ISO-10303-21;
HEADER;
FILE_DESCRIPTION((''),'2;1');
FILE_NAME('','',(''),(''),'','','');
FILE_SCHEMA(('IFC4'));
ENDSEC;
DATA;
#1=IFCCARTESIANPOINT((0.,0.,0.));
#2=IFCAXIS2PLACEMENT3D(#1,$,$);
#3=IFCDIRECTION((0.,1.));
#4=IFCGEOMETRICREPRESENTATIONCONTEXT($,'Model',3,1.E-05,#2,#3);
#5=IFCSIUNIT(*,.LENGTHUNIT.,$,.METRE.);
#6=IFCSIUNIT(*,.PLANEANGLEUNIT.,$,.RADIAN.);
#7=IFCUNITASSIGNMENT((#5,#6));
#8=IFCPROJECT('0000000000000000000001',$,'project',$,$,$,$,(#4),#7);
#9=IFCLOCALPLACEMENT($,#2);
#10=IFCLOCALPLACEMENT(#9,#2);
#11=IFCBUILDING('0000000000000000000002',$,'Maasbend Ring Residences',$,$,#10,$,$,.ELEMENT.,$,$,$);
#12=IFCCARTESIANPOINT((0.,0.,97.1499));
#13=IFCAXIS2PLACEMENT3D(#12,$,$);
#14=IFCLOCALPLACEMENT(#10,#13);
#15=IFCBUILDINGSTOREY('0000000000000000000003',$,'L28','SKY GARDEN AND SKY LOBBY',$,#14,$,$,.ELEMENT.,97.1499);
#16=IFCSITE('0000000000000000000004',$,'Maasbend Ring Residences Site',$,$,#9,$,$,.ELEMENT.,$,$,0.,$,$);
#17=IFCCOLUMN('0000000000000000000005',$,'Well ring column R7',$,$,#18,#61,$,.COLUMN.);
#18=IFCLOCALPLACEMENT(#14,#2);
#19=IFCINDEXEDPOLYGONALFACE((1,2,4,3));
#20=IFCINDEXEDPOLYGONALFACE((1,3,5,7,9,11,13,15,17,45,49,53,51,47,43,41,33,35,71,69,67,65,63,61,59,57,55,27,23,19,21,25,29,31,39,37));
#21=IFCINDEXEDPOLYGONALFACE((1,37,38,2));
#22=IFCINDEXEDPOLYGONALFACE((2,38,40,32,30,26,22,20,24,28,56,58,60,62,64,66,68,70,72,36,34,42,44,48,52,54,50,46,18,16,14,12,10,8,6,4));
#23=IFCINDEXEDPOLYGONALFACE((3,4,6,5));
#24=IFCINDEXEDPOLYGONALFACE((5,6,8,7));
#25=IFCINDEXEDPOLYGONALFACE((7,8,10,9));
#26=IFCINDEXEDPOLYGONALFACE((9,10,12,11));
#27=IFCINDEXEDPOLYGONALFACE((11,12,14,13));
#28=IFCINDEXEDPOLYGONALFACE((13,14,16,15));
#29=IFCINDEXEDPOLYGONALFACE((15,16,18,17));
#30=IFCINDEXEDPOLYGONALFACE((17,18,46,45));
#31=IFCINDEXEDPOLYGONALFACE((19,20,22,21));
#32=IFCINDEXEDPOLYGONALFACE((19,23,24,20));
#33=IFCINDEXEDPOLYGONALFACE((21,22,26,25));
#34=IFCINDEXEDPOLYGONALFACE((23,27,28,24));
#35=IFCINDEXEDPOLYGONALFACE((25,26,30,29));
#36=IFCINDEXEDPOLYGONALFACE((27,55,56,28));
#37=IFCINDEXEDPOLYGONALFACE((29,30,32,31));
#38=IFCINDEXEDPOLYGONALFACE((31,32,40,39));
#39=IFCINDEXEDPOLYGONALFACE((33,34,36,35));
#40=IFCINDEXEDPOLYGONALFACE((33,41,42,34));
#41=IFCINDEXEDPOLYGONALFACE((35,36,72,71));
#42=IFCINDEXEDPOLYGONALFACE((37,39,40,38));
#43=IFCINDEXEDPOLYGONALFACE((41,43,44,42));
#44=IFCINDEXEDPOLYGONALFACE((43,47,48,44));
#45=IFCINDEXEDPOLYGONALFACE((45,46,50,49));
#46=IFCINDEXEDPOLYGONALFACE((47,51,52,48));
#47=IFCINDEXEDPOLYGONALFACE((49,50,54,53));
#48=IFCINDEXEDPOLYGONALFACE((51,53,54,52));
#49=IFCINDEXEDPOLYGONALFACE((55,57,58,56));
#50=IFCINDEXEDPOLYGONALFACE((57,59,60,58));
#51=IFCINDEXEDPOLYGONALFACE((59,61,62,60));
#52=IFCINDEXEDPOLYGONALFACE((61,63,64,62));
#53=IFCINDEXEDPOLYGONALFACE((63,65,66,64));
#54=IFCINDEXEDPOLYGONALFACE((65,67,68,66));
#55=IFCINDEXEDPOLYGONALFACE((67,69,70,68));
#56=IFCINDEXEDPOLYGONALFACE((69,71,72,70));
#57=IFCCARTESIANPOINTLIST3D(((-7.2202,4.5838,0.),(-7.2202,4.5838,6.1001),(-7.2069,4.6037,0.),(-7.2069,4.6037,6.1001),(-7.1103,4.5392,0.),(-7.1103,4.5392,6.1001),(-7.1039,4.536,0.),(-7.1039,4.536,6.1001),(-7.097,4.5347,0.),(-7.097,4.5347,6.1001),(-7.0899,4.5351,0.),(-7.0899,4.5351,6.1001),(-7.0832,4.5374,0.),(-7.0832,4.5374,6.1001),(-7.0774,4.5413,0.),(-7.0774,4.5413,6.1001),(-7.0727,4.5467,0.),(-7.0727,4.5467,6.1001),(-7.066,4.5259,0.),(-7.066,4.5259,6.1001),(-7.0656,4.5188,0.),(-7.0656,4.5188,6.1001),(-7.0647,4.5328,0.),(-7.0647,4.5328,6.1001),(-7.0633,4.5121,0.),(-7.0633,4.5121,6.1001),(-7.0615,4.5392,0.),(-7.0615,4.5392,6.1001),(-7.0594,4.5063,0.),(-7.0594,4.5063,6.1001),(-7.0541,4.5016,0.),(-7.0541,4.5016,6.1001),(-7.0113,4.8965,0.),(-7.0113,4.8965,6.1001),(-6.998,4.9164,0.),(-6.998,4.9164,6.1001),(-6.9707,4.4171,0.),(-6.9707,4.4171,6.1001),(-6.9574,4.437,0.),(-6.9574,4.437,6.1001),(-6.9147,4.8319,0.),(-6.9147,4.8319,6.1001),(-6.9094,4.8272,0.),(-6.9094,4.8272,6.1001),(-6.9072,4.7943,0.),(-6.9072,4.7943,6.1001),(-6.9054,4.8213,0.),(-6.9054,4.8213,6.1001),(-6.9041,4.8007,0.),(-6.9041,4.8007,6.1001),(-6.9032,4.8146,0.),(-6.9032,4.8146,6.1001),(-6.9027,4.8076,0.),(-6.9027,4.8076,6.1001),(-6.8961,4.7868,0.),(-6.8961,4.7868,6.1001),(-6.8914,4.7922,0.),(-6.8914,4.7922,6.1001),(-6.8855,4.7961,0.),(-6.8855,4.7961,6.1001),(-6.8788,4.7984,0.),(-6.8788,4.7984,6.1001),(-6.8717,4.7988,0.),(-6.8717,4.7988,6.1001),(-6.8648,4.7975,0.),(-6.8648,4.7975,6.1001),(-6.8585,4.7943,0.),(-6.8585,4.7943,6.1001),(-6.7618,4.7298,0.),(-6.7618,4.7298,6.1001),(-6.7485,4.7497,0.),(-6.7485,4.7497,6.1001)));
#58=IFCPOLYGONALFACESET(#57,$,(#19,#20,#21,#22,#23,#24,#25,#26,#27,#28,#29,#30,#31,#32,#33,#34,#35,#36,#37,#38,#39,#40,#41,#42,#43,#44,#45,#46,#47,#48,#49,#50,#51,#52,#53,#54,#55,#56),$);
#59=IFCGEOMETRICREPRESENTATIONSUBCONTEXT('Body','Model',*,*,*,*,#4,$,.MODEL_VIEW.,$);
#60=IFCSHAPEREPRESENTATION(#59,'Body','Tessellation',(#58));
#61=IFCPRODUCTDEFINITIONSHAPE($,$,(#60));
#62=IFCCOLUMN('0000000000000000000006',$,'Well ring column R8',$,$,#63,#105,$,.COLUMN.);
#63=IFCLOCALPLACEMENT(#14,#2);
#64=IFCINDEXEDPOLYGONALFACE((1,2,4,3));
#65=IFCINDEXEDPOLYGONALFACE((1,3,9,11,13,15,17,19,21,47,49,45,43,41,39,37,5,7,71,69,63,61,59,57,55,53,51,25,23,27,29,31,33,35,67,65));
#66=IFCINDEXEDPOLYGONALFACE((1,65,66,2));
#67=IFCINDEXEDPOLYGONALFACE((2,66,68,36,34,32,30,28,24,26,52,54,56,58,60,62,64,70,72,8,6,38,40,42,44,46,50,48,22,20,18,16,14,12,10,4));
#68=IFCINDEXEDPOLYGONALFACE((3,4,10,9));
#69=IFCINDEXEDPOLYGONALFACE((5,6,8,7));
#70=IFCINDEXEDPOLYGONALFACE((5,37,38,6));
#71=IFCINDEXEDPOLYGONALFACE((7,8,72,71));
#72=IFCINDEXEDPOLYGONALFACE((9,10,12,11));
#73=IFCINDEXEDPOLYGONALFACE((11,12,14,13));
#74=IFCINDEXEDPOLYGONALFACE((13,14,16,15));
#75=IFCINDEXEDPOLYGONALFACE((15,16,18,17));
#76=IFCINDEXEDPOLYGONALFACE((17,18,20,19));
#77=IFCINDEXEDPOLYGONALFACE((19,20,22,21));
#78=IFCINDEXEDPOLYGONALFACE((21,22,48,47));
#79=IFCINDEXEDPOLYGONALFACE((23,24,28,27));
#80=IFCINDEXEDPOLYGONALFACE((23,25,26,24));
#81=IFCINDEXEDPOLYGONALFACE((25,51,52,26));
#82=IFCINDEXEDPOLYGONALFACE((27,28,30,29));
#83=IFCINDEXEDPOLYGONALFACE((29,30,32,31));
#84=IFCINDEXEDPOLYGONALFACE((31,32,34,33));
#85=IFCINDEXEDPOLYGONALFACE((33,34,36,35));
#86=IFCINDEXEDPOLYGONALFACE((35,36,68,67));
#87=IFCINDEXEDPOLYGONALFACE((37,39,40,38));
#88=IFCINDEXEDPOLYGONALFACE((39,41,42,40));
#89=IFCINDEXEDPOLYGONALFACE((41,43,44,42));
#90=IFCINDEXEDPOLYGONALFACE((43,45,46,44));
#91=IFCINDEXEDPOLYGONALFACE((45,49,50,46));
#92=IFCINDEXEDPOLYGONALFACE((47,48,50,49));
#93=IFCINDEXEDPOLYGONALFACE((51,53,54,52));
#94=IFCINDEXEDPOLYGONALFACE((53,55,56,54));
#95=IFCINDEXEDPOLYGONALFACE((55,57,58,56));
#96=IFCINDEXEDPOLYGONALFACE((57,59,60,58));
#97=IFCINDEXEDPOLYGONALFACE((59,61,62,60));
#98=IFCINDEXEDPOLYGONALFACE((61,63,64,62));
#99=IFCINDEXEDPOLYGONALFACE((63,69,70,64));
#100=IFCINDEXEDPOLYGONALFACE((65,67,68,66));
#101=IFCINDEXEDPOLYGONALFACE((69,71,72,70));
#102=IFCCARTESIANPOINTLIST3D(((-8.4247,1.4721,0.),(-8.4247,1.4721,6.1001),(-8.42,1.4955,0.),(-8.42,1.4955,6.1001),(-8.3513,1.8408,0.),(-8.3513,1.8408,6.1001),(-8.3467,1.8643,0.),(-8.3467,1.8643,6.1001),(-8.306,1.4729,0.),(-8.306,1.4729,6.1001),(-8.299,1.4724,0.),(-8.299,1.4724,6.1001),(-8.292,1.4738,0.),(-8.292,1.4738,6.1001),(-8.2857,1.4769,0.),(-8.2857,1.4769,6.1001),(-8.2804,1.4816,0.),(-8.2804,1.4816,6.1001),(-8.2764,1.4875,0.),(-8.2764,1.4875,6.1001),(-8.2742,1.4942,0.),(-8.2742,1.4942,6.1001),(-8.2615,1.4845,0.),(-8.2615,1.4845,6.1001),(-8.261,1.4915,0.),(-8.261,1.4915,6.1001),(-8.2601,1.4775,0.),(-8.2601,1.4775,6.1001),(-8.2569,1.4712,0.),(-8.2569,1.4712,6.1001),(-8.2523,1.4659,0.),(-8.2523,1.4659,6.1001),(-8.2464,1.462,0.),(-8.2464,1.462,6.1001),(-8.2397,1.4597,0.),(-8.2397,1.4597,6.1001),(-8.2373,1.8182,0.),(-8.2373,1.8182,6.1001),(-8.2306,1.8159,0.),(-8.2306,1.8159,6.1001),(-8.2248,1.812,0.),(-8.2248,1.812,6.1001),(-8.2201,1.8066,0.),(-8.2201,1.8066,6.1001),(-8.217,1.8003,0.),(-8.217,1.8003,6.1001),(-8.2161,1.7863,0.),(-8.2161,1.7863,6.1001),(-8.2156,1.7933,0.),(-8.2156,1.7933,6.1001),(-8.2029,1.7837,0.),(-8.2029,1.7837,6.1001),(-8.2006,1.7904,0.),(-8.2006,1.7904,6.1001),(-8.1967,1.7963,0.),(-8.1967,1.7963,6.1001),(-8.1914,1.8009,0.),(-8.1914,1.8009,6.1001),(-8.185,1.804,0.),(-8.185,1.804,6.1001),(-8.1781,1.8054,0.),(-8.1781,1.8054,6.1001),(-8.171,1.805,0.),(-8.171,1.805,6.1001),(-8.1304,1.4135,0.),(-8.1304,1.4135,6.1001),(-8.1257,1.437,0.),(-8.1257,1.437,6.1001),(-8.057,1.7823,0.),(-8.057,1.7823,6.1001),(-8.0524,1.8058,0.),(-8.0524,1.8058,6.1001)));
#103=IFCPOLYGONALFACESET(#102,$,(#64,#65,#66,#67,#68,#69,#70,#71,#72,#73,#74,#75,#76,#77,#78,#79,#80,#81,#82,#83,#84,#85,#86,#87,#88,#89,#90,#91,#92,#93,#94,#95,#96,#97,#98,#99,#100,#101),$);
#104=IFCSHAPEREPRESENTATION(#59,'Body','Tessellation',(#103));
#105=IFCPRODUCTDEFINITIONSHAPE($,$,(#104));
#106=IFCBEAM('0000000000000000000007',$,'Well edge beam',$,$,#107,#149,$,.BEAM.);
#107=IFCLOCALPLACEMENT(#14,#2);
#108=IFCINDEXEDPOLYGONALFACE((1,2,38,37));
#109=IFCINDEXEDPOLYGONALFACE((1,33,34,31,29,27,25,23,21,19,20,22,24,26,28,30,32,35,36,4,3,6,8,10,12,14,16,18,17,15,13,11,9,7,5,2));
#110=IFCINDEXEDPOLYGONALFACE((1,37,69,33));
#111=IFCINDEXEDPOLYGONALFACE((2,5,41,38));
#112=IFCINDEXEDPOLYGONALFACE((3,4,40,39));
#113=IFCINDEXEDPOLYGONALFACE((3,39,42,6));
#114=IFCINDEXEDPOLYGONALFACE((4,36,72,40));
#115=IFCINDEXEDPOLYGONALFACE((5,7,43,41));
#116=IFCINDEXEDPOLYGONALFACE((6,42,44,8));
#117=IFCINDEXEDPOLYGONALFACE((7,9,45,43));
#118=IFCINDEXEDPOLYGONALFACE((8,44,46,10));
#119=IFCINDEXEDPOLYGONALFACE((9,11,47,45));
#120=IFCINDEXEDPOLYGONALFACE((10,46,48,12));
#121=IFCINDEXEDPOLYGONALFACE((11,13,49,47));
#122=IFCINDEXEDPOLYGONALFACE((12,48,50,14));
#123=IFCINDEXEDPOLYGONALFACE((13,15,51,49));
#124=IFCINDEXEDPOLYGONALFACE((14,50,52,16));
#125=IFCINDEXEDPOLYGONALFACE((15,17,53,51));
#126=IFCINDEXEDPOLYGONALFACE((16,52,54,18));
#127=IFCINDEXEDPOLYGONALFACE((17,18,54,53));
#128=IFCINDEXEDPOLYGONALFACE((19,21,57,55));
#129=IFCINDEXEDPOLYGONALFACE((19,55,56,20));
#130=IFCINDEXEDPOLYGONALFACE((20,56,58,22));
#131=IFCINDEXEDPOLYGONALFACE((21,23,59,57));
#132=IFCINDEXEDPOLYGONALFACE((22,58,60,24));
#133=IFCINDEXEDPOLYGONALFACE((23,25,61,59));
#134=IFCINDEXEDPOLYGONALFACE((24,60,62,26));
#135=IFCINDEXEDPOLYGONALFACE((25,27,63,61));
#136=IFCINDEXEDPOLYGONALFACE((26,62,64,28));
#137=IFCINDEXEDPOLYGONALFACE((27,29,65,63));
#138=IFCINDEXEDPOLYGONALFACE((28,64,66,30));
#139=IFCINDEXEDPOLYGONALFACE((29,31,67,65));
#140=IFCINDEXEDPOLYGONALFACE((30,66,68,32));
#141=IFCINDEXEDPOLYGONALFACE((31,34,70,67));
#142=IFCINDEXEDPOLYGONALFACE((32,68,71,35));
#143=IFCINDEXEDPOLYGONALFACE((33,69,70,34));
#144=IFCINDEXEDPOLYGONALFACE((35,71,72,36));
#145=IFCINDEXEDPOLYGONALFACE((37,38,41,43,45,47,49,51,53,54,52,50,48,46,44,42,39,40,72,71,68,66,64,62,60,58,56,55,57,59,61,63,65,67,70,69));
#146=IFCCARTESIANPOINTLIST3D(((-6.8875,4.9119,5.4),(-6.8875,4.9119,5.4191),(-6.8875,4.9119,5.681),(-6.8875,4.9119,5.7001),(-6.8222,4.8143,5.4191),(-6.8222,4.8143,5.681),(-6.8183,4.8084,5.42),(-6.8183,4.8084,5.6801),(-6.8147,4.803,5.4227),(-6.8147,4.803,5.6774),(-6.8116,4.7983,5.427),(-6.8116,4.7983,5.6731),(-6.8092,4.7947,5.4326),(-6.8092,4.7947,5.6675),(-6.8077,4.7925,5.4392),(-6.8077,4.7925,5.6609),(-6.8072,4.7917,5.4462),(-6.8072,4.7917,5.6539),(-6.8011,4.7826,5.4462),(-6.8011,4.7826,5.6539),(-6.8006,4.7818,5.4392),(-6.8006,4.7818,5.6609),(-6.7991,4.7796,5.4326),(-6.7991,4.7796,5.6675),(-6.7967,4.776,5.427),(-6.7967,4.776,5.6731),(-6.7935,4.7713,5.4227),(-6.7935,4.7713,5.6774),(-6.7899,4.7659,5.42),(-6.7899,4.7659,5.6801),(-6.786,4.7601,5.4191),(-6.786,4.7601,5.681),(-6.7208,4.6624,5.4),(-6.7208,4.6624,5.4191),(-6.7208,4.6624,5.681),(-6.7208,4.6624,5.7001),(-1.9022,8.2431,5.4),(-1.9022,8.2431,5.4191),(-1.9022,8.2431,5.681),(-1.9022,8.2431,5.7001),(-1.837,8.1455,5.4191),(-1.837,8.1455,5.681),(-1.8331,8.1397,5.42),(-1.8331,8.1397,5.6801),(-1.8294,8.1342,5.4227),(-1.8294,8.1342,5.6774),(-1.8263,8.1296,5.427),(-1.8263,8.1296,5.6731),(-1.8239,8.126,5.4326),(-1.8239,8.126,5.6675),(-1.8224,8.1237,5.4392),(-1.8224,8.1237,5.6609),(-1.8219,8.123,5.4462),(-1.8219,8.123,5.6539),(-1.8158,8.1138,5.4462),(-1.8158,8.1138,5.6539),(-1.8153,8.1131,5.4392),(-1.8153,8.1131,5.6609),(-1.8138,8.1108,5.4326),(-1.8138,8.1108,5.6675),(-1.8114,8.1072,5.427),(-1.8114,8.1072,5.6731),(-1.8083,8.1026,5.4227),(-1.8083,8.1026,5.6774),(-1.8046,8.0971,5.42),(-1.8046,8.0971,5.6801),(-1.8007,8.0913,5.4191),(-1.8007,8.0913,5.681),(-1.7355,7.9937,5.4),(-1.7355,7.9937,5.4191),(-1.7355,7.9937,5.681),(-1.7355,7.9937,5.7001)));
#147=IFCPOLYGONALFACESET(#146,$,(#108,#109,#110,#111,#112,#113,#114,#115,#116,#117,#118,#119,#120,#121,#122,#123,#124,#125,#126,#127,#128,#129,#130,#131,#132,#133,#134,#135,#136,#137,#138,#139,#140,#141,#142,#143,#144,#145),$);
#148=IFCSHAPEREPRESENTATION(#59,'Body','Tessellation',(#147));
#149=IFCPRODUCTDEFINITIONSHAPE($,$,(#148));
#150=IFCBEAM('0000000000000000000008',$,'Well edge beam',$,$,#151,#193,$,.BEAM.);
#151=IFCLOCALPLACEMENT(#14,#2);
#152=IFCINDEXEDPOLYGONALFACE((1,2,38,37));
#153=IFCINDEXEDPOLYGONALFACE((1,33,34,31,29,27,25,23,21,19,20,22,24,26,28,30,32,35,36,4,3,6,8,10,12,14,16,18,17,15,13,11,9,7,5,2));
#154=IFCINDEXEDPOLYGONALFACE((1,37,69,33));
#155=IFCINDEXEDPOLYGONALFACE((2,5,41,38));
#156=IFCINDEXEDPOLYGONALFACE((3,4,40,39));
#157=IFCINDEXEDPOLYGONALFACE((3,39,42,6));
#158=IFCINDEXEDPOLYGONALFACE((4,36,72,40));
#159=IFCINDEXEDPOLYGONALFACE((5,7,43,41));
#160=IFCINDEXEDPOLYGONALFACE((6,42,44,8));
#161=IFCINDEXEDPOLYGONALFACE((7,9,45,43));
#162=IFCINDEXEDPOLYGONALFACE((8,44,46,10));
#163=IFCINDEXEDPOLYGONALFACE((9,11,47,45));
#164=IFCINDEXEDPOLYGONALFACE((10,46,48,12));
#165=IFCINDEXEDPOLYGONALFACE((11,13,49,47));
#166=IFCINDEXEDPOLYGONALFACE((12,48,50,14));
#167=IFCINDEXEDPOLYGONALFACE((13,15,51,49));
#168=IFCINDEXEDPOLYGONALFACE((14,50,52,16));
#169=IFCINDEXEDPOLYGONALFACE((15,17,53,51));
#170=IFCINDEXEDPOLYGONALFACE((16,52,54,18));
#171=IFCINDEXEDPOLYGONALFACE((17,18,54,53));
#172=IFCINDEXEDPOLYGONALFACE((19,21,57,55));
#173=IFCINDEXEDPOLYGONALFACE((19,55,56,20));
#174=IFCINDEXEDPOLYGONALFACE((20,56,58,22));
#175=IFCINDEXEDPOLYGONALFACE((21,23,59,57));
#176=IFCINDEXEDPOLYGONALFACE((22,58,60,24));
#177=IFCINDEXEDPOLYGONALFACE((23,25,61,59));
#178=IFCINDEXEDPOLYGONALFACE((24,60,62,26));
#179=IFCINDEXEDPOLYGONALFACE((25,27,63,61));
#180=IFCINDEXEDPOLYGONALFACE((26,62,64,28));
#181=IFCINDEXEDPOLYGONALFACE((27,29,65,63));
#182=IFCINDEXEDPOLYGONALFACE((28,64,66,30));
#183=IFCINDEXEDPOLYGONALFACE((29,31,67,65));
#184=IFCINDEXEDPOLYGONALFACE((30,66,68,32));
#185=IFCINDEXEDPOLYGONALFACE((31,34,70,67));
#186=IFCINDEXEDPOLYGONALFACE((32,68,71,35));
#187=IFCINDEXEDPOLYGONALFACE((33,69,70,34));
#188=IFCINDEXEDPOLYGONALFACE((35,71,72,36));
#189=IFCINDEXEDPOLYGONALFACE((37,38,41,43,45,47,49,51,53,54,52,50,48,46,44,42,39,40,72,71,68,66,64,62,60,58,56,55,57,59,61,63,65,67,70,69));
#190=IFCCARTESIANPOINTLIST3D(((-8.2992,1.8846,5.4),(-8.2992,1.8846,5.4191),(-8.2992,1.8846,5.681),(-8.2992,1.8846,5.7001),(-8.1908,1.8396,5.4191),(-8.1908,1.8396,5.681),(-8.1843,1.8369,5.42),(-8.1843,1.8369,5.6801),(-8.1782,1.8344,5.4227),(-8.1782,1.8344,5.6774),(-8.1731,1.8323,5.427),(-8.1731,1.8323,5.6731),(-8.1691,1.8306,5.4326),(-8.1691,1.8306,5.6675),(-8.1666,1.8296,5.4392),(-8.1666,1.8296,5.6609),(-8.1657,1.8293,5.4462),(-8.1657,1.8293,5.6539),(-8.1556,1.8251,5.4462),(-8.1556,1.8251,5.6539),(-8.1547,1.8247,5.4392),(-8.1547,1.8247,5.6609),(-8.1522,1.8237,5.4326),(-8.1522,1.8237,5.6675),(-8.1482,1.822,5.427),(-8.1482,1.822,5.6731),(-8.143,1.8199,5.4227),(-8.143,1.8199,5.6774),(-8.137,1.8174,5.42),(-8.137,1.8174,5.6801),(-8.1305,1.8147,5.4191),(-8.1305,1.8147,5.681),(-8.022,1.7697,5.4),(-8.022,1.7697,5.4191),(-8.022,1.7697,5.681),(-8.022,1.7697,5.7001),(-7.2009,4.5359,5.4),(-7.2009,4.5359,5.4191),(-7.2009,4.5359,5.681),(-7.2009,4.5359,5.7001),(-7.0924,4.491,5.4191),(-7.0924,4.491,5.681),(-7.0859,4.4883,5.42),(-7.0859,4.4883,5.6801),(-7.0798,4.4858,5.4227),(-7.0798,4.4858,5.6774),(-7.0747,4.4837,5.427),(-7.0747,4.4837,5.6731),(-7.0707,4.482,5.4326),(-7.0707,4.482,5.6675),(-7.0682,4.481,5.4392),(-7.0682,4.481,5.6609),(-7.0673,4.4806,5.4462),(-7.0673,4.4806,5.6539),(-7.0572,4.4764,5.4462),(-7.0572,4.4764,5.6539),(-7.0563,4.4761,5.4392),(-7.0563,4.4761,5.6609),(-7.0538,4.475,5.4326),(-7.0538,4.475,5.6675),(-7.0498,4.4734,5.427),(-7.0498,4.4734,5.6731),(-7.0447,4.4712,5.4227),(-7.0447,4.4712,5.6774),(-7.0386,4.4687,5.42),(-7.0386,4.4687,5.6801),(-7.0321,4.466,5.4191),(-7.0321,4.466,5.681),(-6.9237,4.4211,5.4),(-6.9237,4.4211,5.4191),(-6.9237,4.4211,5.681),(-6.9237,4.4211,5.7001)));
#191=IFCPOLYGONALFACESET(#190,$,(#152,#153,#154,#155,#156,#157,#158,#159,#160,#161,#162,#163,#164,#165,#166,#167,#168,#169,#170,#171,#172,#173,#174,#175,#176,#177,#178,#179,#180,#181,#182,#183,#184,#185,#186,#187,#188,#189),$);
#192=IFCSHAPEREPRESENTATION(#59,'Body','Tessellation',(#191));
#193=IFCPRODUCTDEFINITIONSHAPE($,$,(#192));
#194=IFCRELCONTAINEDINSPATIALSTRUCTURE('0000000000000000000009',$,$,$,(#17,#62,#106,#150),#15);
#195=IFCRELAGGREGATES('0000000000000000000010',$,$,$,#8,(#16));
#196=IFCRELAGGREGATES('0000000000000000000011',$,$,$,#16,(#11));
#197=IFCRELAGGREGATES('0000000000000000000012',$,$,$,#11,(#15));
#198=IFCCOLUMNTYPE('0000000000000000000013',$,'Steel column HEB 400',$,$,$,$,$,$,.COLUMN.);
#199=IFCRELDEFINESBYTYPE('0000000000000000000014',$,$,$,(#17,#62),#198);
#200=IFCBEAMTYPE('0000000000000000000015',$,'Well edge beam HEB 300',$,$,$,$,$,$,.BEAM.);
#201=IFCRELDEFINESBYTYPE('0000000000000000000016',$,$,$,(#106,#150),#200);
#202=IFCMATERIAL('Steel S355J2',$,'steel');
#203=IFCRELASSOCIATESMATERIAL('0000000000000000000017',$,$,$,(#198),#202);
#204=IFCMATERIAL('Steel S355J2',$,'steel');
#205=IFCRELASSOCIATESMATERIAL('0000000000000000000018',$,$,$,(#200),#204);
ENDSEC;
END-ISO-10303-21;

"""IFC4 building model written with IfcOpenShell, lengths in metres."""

from ifc_helpers import new_model, si_unit, direction, frame, origin, origin_2d, place, context, subcontext, project, spatial, i_section, extrude, material, material_profile, profile_set, type_object, element, save


model = new_model("IFC4")

# Units and contexts
model_context = context("Model", 3, precision=1e-05, world=origin(), true_north=direction((0.0, 1.0)))
body_context = subcontext(model_context, "Body", "Model", "MODEL_VIEW")
ifc_project = project(units=[si_unit("LENGTHUNIT", "METRE"), si_unit("PLANEANGLEUNIT", "RADIAN")], contexts=[model_context])

# Site, building, storey
site_placement = place(None, origin())
site = spatial("IfcSite", under=ifc_project, at=site_placement, Name="Maasbend Ring Residences Site", CompositionType="ELEMENT", RefElevation=0.0)
building_placement = place(site_placement, origin())
building = spatial("IfcBuilding", under=site, at=building_placement, Name="Maasbend Ring Residences", CompositionType="ELEMENT")
storey_placement = place(building_placement, frame((0.0, 0.0, 97.1499)))
storey = spatial("IfcBuildingStorey", under=building, at=storey_placement, Name="L28", Description="SKY GARDEN AND SKY LOBBY", CompositionType="ELEMENT", Elevation=97.1499)

# Columns
ifc_material_1 = material(Name="Steel S355J2", Category="steel")
ifc_material_profile_1 = material_profile(ifc_material_1, i_section(OverallWidth=0.3, OverallDepth=0.3999, WebThickness=0.0134, FlangeThickness=0.0239, FilletRadius=0.0271, at=origin_2d()), Name="HEB 400")
ifc_profile_set_1 = profile_set([ifc_material_profile_1], Name="Steel S355J2")
column_type = type_object("IfcColumnType", Name="Steel column HEB 400", PredefinedType="COLUMN", material=ifc_profile_set_1)
for number, where, z_axis, x_axis, name in (
    (1, (-6.9844, 4.6667, 0.0), (0.0, 0.0, 1.0), (-0.83147, 0.55557, 0.0), "Well ring column R7"),
    (2, (-8.2385, 1.6389, 0.0), (0.0, 0.0, 1.0), (-0.980785, 0.19509, 0.0), "Well ring column R8"),
):
    element("IfcColumn", number, at=place(storey_placement, frame(where, z_axis=z_axis, x_axis=x_axis)), inside=storey, type_object=column_type, Name=name, PredefinedType="COLUMN", context=body_context, shape_type="SweptSolid", body=[
        extrude(i_section(OverallWidth=0.3, OverallDepth=0.3999, WebThickness=0.0134, FlangeThickness=0.0239, FilletRadius=0.0271, at=origin_2d()), origin(), (0.0, 0.0, 1.0), 6.1001),
    ])

# Beams
ifc_material_2 = material(Name="Steel S355J2", Category="steel")
ifc_material_profile_2 = material_profile(ifc_material_2, i_section(OverallWidth=0.3, OverallDepth=0.3, WebThickness=0.011, FlangeThickness=0.019, FilletRadius=0.0271, at=origin_2d()), Name="HEB 300")
ifc_profile_set_2 = profile_set([ifc_material_profile_2], Name="Steel S355J2")
beam_type = type_object("IfcBeamType", Name="Well edge beam HEB 300", PredefinedType="BEAM", material=ifc_profile_set_2)
beam_1_placement = place(storey_placement, frame((-1.8188, 8.1184, 5.55), z_axis=(-0.831455, -0.555593, 0.0), x_axis=(0.555593, -0.831455, 0.0)))
element("IfcBeam", 3, at=beam_1_placement, inside=storey, type_object=beam_type, Name="Well edge beam", PredefinedType="BEAM", context=body_context, shape_type="SweptSolid", body=[
    extrude(i_section(OverallWidth=0.3, OverallDepth=0.3, WebThickness=0.011, FlangeThickness=0.019, FilletRadius=0.0271, at=origin_2d()), origin(), (0.0, 0.0, 1.0), 5.9958),
])
beam_2_placement = place(storey_placement, frame((-7.0623, 4.4785, 5.55), z_axis=(-0.38273, -0.92386, 0.0), x_axis=(0.92386, -0.38273, 0.0)))
element("IfcBeam", 4, at=beam_2_placement, inside=storey, type_object=beam_type, Name="Well edge beam", PredefinedType="BEAM", context=body_context, shape_type="SweptSolid", body=[
    extrude(i_section(OverallWidth=0.3, OverallDepth=0.3, WebThickness=0.011, FlangeThickness=0.019, FilletRadius=0.0271, at=origin_2d()), origin(), (0.0, 0.0, 1.0), 2.8699),
])

save(model, "model.ifc")
